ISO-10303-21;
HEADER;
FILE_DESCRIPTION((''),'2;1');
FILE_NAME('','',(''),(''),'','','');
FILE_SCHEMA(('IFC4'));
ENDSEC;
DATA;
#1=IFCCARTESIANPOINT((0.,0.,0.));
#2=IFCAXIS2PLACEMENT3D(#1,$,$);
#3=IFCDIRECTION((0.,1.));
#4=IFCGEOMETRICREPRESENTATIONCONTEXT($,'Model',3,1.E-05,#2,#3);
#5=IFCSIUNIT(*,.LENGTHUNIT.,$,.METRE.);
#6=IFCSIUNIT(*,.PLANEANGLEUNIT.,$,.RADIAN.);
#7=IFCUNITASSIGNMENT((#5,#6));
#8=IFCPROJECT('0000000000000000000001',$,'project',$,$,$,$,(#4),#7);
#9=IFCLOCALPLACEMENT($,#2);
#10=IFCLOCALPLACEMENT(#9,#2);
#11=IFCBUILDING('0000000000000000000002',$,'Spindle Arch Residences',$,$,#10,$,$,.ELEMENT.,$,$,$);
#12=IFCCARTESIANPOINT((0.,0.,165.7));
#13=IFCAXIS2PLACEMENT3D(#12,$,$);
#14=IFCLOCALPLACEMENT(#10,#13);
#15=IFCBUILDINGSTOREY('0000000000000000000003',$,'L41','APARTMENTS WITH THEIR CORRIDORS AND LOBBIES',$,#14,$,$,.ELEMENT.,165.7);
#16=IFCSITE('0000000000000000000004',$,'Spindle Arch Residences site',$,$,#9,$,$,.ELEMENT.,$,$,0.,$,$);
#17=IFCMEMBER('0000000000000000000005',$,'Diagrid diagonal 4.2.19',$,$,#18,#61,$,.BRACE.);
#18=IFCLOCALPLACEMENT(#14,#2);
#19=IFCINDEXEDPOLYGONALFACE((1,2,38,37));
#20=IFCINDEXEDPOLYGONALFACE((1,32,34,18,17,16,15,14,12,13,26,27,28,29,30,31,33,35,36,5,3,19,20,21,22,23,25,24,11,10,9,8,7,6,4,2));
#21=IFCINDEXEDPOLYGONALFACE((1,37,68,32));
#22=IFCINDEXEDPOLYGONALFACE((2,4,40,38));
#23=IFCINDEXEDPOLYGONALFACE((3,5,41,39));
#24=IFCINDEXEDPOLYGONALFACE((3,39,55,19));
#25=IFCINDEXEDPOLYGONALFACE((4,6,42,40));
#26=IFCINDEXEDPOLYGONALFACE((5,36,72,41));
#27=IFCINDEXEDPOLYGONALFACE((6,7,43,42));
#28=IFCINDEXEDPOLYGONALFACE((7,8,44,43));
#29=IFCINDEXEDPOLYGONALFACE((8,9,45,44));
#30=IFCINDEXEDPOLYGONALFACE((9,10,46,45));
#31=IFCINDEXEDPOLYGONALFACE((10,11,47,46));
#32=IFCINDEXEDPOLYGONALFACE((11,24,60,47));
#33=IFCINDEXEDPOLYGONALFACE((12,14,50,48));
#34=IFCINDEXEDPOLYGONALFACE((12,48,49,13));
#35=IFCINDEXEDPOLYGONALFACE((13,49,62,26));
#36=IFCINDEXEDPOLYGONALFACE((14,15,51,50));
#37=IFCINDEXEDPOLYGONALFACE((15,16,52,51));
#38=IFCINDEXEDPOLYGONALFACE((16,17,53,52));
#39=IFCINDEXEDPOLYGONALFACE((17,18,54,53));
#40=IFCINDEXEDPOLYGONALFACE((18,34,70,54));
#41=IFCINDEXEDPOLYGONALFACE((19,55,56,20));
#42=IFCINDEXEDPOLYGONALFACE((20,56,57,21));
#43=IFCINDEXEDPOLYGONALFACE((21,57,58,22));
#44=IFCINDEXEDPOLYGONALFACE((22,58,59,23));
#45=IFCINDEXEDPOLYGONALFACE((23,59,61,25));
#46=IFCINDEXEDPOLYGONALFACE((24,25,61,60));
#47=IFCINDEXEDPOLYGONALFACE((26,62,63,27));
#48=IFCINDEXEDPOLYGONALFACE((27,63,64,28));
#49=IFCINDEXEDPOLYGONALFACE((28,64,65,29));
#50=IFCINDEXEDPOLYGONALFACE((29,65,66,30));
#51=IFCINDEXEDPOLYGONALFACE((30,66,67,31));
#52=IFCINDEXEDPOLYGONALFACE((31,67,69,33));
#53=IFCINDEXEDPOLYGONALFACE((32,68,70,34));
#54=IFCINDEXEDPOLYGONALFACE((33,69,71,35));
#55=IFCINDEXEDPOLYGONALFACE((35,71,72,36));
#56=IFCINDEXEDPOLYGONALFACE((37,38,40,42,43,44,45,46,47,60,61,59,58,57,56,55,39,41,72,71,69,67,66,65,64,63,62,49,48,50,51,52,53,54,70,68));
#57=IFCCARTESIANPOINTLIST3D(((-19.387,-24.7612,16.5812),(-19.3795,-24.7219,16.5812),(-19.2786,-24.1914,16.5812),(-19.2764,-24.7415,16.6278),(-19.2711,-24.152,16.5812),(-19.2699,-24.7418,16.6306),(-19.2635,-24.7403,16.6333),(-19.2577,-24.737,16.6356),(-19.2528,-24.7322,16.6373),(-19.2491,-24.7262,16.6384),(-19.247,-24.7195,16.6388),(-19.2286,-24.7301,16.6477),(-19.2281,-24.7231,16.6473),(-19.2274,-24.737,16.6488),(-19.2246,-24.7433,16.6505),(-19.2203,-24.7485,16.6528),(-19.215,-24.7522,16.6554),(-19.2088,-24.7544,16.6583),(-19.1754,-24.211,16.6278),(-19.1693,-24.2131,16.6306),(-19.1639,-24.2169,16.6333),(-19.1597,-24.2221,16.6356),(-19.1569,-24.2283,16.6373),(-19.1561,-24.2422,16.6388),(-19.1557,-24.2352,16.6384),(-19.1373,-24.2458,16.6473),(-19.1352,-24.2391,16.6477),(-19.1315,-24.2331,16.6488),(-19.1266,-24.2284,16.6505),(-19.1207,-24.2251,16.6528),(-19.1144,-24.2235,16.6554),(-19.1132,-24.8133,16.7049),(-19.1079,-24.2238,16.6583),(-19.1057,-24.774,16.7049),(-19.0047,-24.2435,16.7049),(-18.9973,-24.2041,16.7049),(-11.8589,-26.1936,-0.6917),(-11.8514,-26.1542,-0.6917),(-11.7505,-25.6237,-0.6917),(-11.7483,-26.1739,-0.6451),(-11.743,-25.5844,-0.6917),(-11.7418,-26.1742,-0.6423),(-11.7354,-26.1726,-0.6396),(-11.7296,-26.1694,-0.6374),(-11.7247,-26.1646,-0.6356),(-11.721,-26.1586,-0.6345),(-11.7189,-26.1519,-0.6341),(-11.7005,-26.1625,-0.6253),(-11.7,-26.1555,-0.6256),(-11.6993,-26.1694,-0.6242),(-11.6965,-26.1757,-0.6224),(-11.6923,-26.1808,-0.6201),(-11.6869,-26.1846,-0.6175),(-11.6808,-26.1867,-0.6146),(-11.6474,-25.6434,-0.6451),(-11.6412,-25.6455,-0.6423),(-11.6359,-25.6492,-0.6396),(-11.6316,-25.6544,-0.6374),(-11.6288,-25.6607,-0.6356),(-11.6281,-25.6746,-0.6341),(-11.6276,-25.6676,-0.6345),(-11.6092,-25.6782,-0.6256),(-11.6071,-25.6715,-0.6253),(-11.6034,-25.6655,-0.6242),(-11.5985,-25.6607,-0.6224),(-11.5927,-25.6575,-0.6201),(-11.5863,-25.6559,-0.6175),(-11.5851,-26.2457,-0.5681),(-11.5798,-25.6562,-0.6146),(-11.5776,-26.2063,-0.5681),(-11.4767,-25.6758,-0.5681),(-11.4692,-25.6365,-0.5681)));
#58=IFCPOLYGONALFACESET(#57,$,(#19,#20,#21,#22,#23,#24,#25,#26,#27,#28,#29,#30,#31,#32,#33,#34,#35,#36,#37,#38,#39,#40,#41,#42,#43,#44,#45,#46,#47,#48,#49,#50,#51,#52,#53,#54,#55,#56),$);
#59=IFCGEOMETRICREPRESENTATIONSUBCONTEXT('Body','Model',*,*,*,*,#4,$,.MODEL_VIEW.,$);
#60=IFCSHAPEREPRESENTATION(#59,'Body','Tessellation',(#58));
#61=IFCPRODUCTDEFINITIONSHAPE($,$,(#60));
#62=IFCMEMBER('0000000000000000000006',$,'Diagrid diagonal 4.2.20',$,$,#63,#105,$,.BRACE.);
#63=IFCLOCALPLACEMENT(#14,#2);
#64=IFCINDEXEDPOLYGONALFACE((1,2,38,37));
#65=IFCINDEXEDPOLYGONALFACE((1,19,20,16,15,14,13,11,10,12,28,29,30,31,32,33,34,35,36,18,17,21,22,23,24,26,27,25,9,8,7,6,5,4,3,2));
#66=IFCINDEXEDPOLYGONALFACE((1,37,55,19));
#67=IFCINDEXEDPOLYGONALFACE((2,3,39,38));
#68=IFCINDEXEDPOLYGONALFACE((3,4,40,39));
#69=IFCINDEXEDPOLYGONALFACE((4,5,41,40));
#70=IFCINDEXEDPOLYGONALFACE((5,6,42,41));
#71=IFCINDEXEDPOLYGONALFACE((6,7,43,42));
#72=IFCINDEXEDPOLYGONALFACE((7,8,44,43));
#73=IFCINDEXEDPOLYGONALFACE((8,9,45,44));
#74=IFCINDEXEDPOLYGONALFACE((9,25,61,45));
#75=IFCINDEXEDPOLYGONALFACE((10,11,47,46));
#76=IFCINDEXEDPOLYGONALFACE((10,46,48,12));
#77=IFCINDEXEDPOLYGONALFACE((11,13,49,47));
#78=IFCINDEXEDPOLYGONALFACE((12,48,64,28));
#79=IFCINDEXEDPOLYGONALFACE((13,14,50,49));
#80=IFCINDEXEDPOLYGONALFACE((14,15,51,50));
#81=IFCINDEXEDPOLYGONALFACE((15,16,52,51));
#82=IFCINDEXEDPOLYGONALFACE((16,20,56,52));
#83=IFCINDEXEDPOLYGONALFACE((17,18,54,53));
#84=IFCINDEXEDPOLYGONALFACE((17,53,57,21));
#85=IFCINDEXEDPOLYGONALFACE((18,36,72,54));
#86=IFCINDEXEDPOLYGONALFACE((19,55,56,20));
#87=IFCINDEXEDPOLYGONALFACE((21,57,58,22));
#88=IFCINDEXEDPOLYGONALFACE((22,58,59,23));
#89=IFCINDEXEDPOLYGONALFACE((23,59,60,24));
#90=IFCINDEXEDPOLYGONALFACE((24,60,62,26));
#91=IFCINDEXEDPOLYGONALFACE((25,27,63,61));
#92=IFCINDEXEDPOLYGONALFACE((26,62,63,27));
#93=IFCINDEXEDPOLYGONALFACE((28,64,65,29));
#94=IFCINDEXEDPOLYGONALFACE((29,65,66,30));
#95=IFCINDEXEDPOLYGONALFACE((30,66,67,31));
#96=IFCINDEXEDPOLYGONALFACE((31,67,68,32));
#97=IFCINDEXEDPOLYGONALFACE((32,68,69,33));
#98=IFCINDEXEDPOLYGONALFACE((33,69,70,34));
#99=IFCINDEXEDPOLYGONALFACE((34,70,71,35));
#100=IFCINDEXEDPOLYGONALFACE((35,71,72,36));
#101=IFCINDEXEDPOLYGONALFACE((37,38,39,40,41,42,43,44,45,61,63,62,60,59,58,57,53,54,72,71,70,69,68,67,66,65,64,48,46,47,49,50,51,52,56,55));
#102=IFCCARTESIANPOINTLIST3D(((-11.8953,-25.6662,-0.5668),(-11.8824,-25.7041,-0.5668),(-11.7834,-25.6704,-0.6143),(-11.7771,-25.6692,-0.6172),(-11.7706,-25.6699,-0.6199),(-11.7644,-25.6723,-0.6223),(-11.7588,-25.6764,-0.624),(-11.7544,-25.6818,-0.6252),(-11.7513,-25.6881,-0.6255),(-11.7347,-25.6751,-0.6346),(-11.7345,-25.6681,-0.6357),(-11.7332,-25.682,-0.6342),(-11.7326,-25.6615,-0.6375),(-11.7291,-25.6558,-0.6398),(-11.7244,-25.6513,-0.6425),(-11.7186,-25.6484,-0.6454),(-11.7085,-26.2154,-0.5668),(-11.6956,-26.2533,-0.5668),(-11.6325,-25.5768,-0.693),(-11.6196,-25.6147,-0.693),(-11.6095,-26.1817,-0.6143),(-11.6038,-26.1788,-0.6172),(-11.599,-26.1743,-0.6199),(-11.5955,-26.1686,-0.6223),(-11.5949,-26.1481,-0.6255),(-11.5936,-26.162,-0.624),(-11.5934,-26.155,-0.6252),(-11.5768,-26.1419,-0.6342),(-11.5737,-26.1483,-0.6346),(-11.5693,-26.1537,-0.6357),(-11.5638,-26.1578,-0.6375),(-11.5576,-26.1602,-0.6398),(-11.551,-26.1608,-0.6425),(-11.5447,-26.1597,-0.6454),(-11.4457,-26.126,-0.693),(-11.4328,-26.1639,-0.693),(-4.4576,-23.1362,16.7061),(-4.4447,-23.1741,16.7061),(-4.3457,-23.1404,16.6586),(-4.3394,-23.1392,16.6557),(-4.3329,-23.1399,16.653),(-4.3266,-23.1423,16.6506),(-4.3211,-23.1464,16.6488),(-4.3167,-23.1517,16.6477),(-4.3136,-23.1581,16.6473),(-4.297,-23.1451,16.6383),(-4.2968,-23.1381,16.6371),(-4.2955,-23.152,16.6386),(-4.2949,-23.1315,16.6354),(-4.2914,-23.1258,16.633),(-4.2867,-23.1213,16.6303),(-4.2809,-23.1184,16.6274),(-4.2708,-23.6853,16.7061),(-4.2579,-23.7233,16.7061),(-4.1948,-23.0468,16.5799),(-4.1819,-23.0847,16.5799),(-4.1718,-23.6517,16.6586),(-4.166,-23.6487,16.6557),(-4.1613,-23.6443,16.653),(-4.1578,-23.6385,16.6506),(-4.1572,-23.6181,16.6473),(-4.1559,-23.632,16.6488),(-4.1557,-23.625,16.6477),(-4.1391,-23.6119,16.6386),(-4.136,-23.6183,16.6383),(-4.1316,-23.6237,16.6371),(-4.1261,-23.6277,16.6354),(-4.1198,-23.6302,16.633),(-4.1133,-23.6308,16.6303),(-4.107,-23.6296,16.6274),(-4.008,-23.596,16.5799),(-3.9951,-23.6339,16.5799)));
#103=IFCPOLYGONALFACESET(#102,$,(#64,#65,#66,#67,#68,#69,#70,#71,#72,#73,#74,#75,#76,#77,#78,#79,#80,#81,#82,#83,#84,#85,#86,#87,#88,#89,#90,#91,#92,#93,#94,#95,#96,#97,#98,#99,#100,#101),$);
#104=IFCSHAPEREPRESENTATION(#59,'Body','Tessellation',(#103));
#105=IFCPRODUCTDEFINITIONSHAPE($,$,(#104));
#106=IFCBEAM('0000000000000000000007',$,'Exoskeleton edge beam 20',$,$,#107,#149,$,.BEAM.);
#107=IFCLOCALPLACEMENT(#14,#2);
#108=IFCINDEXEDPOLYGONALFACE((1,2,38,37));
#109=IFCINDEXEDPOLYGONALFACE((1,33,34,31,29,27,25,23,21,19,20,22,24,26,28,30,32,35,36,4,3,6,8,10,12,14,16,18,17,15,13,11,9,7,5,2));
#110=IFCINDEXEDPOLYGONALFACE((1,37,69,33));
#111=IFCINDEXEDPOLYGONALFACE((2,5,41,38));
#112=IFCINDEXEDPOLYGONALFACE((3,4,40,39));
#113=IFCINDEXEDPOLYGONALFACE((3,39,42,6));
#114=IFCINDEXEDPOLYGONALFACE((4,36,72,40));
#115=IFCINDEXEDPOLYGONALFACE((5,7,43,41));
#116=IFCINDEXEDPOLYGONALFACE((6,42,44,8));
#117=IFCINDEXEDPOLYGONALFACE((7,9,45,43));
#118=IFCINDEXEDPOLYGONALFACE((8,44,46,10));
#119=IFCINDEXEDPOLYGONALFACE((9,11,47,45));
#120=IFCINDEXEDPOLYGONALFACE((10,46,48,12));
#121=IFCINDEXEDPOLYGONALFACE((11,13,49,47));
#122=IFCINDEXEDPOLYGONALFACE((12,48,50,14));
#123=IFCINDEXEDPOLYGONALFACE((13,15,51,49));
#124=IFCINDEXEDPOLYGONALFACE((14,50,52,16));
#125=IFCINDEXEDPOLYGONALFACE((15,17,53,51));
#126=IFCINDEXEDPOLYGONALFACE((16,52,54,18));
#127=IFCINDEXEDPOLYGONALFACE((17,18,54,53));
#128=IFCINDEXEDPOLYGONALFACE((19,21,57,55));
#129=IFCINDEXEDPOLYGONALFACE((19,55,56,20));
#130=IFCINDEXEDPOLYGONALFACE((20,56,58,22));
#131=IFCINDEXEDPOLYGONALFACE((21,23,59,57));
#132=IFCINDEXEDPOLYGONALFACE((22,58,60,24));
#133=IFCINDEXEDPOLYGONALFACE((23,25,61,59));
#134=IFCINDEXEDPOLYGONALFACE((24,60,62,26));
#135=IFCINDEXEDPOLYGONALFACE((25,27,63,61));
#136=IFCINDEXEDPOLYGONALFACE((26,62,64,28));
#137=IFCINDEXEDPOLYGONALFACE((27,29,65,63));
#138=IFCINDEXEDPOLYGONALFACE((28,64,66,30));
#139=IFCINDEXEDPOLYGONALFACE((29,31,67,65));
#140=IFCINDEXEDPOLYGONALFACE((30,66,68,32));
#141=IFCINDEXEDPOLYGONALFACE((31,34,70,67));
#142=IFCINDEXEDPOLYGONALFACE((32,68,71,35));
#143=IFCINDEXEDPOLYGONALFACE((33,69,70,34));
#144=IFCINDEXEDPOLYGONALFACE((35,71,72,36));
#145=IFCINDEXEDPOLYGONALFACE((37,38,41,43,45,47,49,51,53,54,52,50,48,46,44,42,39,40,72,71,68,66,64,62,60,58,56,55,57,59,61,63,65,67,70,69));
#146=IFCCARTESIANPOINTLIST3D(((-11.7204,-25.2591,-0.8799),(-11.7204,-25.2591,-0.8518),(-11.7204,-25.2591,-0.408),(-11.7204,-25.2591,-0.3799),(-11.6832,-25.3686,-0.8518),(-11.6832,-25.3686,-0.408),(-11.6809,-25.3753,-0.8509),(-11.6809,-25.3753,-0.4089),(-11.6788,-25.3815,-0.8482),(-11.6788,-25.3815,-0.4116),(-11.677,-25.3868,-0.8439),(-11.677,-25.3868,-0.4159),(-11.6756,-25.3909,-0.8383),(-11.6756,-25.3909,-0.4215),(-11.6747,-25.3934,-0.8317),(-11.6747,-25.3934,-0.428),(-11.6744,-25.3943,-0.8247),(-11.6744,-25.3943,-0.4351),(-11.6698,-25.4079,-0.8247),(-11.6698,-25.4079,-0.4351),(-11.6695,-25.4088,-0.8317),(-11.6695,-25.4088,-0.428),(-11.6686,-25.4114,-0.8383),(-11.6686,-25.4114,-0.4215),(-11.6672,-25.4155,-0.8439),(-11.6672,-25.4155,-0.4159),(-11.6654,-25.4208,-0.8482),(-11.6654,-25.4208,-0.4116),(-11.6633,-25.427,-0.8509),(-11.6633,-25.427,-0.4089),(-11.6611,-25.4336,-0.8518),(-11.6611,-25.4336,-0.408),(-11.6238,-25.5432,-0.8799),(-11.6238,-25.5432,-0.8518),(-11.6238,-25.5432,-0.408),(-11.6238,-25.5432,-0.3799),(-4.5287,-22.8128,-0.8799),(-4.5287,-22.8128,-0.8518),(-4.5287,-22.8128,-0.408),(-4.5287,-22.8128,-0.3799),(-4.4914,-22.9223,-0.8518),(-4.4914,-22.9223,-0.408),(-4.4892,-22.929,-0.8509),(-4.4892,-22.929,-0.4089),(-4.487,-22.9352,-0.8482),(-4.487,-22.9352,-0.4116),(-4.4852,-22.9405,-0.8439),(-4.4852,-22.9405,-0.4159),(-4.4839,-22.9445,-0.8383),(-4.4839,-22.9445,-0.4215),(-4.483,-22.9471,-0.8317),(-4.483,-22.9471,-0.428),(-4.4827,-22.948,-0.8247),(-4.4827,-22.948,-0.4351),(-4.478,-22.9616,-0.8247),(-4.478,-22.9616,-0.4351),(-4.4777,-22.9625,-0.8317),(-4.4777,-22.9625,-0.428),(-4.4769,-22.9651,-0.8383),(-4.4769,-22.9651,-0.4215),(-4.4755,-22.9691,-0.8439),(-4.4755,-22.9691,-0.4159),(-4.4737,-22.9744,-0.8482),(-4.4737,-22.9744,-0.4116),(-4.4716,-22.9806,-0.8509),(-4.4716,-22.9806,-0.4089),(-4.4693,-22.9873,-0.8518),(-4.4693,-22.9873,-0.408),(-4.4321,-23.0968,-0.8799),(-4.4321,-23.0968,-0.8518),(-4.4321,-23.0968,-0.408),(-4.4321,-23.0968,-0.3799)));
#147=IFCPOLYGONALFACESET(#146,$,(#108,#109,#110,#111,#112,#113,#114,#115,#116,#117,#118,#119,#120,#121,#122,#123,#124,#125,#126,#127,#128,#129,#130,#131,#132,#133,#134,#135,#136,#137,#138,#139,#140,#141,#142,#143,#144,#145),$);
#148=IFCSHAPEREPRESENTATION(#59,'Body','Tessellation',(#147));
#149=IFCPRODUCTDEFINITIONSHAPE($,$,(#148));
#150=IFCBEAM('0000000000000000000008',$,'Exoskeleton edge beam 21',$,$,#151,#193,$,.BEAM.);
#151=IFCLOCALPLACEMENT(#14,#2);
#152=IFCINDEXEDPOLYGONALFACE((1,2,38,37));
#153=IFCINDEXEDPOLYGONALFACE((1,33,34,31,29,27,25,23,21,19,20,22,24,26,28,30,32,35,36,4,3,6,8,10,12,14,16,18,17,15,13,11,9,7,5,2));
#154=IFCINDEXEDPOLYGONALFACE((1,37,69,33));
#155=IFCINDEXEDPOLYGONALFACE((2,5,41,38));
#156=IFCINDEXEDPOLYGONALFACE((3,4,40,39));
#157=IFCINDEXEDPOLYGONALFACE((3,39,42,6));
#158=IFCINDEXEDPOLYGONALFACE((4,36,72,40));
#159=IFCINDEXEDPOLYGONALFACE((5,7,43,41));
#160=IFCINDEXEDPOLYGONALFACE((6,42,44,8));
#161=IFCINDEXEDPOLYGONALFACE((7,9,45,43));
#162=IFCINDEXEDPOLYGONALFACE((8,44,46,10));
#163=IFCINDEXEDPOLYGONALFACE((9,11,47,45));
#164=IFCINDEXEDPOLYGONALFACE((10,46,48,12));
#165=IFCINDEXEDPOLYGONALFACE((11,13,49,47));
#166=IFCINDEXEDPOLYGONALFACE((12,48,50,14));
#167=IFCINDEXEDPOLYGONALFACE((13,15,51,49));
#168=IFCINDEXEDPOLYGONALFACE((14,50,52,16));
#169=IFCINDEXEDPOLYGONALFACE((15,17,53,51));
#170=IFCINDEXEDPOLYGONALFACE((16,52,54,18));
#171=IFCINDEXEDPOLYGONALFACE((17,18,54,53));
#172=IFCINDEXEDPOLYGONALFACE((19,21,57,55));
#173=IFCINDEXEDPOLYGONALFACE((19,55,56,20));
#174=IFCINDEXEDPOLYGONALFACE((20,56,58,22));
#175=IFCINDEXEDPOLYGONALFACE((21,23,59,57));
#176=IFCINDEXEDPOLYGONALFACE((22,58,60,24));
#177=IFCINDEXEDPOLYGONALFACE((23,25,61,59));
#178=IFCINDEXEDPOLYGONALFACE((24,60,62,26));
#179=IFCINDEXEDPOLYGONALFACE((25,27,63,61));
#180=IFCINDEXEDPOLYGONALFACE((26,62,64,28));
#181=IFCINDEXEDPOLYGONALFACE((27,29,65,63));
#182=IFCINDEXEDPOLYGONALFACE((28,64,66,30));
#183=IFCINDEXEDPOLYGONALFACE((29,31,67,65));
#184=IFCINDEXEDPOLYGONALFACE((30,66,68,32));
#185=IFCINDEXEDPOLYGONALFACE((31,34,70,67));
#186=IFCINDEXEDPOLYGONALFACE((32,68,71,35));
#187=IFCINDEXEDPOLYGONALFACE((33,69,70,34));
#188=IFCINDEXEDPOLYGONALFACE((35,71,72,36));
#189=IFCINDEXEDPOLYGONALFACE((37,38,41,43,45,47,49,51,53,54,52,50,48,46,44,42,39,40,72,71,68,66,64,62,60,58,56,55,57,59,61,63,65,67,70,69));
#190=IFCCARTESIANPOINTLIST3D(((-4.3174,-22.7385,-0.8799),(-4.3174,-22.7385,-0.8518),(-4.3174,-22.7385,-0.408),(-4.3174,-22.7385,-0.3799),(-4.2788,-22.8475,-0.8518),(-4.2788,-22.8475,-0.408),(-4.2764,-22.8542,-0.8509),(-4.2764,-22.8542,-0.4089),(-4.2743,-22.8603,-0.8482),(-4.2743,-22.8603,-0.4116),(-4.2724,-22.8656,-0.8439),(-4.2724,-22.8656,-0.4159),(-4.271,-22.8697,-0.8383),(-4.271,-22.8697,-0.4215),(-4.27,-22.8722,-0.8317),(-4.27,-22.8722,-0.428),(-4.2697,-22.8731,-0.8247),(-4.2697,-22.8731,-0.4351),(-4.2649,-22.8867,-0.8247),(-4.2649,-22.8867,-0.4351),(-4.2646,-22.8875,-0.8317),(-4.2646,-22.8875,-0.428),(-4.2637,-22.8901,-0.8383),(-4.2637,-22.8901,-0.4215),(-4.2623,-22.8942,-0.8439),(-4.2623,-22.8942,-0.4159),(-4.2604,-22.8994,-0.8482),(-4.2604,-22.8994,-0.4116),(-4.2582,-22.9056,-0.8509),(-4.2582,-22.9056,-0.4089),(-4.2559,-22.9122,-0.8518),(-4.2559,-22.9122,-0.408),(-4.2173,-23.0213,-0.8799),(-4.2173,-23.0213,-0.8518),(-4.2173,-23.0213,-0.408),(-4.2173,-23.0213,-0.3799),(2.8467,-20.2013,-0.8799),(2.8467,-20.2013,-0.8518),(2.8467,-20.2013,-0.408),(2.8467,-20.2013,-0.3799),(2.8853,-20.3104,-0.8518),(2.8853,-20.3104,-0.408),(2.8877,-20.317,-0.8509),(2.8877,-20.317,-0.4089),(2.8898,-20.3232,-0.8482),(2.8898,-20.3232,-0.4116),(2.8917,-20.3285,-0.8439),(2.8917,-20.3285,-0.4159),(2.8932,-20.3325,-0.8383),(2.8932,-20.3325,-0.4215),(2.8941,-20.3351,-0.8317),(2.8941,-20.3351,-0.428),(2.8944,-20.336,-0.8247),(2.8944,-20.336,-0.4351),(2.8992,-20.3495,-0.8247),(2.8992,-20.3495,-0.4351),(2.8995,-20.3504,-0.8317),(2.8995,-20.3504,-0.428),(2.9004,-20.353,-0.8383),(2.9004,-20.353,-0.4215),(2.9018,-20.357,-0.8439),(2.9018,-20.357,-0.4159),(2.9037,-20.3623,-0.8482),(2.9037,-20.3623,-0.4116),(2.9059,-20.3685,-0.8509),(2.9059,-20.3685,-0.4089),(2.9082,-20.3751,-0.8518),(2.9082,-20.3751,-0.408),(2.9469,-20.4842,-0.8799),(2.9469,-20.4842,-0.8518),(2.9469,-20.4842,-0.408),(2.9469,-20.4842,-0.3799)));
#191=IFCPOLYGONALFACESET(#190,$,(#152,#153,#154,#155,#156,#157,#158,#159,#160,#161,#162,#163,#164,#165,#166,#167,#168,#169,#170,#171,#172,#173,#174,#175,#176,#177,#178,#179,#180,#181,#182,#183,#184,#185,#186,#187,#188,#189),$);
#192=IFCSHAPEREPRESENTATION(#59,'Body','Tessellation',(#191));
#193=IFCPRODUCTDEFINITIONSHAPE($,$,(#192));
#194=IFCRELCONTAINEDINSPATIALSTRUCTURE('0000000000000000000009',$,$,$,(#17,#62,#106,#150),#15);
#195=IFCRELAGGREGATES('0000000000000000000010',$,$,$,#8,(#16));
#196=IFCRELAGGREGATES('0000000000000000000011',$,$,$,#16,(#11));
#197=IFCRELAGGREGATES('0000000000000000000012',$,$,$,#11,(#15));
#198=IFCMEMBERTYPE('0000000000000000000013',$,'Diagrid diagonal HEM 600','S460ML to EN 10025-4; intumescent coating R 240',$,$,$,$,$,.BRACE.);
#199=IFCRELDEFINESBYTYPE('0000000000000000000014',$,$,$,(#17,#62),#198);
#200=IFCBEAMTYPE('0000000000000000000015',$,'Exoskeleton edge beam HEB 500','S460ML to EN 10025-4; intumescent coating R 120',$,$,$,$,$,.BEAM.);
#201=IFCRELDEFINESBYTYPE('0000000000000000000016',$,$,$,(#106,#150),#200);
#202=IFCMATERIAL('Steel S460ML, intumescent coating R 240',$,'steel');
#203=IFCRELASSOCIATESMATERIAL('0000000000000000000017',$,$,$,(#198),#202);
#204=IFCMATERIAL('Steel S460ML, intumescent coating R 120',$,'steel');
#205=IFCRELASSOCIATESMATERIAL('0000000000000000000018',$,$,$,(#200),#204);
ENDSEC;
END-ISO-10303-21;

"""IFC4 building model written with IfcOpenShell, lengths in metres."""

from ifc_helpers import new_model, si_unit, direction, frame, origin, origin_2d, place, context, subcontext, project, spatial, i_section, extrude, material, material_profile, profile_set, type_object, element, save


model = new_model("IFC4")

# Units and contexts
model_context = context("Model", 3, precision=1e-05, world=origin(), true_north=direction((0.0, 1.0)))
body_context = subcontext(model_context, "Body", "Model", "MODEL_VIEW")
ifc_project = project(units=[si_unit("LENGTHUNIT", "METRE"), si_unit("PLANEANGLEUNIT", "RADIAN")], contexts=[model_context])

# Site, building, storey
site_placement = place(None, origin())
site = spatial("IfcSite", under=ifc_project, at=site_placement, Name="Spindle Arch Residences site", CompositionType="ELEMENT", RefElevation=0.0)
building_placement = place(site_placement, origin())
building = spatial("IfcBuilding", under=site, at=building_placement, Name="Spindle Arch Residences", CompositionType="ELEMENT")
storey_placement = place(building_placement, frame((0.0, 0.0, 165.7)))
storey = spatial("IfcBuildingStorey", under=building, at=storey_placement, Name="L41", Description="APARTMENTS WITH THEIR CORRIDORS AND LOBBIES", CompositionType="ELEMENT", Elevation=165.7)

# Members
ifc_material_1 = material(Name="Steel S460ML, intumescent coating R 240", Category="steel")
ifc_material_profile_1 = material_profile(ifc_material_1, i_section(OverallWidth=0.3049, OverallDepth=0.6201, WebThickness=0.021, FlangeThickness=0.04, FilletRadius=0.0271, at=origin_2d()), Name="HEM 600")
ifc_profile_set_1 = profile_set([ifc_material_profile_1], Name="Steel S460ML, intumescent coating R 240")
member_type_1 = type_object("IfcMemberType", Name="Diagrid diagonal HEM 600", Description="S460ML to EN 10025-4; intumescent coating R 240", PredefinedType="BRACE", material=ifc_profile_set_1)
member_1_placement = place(storey_placement, frame((-11.6641, -25.915, -0.6299), z_axis=(-0.398384, 0.075801, 0.914081), x_axis=(0.897971, -0.170858, 0.405532)))
element("IfcMember", 1, at=member_1_placement, inside=storey, type_object=member_type_1, Name="Diagrid diagonal 4.2.19", PredefinedType="BRACE", context=body_context, shape_type="SweptSolid", body=[
    extrude(i_section(OverallWidth=0.3049, OverallDepth=0.6201, WebThickness=0.021, FlangeThickness=0.04, FilletRadius=0.0271, at=origin_2d()), origin(), (0.0, 0.0, 1.0), 18.8965),
])
member_2_placement = place(storey_placement, frame((-11.6641, -25.915, -0.6299), z_axis=(0.391962, 0.13333, 0.910268), x_axis=(-0.861775, -0.293142, 0.414019)))
element("IfcMember", 2, at=member_2_placement, inside=storey, type_object=member_type_1, Name="Diagrid diagonal 4.2.20", PredefinedType="BRACE", context=body_context, shape_type="SweptSolid", body=[
    extrude(i_section(OverallWidth=0.3049, OverallDepth=0.6201, WebThickness=0.021, FlangeThickness=0.04, FilletRadius=0.0271, at=origin_2d()), origin(), (0.0, 0.0, 1.0), 18.9756),
])

# Beams
ifc_material_2 = material(Name="Steel S460ML, intumescent coating R 120", Category="steel")
ifc_material_profile_2 = material_profile(ifc_material_2, i_section(OverallWidth=0.3, OverallDepth=0.5, WebThickness=0.0144, FlangeThickness=0.0281, FilletRadius=0.0271, at=origin_2d()), Name="HEB 500")
ifc_profile_set_2 = profile_set([ifc_material_profile_2], Name="Steel S460ML, intumescent coating R 120")
beam_type_1 = type_object("IfcBeamType", Name="Exoskeleton edge beam HEB 500", Description="S460ML to EN 10025-4; intumescent coating R 120", PredefinedType="BEAM", material=ifc_profile_set_2)
beam_1_placement = place(storey_placement, frame((-11.6721, -25.4011, -0.6299), z_axis=(0.946727, 0.322036, 0.0), x_axis=(-0.322036, 0.946727, 0.0)))
element("IfcBeam", 3, at=beam_1_placement, inside=storey, type_object=beam_type_1, Name="Exoskeleton edge beam 20", PredefinedType="BEAM", context=body_context, shape_type="SweptSolid", body=[
    extrude(i_section(OverallWidth=0.3, OverallDepth=0.5, WebThickness=0.0144, FlangeThickness=0.0281, FilletRadius=0.0271, at=origin_2d()), origin(), (0.0, 0.0, 1.0), 7.5964),
])
beam_2_placement = place(storey_placement, frame((-4.2673, -22.8799, -0.6299), z_axis=(0.942634, 0.333828, 0.0), x_axis=(-0.333828, 0.942634, 0.0)))
element("IfcBeam", 4, at=beam_2_placement, inside=storey, type_object=beam_type_1, Name="Exoskeleton edge beam 21", PredefinedType="BEAM", context=body_context, shape_type="SweptSolid", body=[
    extrude(i_section(OverallWidth=0.3, OverallDepth=0.5, WebThickness=0.0144, FlangeThickness=0.0281, FilletRadius=0.0271, at=origin_2d()), origin(), (0.0, 0.0, 1.0), 7.6001),
])

save(model, "model.ifc")
